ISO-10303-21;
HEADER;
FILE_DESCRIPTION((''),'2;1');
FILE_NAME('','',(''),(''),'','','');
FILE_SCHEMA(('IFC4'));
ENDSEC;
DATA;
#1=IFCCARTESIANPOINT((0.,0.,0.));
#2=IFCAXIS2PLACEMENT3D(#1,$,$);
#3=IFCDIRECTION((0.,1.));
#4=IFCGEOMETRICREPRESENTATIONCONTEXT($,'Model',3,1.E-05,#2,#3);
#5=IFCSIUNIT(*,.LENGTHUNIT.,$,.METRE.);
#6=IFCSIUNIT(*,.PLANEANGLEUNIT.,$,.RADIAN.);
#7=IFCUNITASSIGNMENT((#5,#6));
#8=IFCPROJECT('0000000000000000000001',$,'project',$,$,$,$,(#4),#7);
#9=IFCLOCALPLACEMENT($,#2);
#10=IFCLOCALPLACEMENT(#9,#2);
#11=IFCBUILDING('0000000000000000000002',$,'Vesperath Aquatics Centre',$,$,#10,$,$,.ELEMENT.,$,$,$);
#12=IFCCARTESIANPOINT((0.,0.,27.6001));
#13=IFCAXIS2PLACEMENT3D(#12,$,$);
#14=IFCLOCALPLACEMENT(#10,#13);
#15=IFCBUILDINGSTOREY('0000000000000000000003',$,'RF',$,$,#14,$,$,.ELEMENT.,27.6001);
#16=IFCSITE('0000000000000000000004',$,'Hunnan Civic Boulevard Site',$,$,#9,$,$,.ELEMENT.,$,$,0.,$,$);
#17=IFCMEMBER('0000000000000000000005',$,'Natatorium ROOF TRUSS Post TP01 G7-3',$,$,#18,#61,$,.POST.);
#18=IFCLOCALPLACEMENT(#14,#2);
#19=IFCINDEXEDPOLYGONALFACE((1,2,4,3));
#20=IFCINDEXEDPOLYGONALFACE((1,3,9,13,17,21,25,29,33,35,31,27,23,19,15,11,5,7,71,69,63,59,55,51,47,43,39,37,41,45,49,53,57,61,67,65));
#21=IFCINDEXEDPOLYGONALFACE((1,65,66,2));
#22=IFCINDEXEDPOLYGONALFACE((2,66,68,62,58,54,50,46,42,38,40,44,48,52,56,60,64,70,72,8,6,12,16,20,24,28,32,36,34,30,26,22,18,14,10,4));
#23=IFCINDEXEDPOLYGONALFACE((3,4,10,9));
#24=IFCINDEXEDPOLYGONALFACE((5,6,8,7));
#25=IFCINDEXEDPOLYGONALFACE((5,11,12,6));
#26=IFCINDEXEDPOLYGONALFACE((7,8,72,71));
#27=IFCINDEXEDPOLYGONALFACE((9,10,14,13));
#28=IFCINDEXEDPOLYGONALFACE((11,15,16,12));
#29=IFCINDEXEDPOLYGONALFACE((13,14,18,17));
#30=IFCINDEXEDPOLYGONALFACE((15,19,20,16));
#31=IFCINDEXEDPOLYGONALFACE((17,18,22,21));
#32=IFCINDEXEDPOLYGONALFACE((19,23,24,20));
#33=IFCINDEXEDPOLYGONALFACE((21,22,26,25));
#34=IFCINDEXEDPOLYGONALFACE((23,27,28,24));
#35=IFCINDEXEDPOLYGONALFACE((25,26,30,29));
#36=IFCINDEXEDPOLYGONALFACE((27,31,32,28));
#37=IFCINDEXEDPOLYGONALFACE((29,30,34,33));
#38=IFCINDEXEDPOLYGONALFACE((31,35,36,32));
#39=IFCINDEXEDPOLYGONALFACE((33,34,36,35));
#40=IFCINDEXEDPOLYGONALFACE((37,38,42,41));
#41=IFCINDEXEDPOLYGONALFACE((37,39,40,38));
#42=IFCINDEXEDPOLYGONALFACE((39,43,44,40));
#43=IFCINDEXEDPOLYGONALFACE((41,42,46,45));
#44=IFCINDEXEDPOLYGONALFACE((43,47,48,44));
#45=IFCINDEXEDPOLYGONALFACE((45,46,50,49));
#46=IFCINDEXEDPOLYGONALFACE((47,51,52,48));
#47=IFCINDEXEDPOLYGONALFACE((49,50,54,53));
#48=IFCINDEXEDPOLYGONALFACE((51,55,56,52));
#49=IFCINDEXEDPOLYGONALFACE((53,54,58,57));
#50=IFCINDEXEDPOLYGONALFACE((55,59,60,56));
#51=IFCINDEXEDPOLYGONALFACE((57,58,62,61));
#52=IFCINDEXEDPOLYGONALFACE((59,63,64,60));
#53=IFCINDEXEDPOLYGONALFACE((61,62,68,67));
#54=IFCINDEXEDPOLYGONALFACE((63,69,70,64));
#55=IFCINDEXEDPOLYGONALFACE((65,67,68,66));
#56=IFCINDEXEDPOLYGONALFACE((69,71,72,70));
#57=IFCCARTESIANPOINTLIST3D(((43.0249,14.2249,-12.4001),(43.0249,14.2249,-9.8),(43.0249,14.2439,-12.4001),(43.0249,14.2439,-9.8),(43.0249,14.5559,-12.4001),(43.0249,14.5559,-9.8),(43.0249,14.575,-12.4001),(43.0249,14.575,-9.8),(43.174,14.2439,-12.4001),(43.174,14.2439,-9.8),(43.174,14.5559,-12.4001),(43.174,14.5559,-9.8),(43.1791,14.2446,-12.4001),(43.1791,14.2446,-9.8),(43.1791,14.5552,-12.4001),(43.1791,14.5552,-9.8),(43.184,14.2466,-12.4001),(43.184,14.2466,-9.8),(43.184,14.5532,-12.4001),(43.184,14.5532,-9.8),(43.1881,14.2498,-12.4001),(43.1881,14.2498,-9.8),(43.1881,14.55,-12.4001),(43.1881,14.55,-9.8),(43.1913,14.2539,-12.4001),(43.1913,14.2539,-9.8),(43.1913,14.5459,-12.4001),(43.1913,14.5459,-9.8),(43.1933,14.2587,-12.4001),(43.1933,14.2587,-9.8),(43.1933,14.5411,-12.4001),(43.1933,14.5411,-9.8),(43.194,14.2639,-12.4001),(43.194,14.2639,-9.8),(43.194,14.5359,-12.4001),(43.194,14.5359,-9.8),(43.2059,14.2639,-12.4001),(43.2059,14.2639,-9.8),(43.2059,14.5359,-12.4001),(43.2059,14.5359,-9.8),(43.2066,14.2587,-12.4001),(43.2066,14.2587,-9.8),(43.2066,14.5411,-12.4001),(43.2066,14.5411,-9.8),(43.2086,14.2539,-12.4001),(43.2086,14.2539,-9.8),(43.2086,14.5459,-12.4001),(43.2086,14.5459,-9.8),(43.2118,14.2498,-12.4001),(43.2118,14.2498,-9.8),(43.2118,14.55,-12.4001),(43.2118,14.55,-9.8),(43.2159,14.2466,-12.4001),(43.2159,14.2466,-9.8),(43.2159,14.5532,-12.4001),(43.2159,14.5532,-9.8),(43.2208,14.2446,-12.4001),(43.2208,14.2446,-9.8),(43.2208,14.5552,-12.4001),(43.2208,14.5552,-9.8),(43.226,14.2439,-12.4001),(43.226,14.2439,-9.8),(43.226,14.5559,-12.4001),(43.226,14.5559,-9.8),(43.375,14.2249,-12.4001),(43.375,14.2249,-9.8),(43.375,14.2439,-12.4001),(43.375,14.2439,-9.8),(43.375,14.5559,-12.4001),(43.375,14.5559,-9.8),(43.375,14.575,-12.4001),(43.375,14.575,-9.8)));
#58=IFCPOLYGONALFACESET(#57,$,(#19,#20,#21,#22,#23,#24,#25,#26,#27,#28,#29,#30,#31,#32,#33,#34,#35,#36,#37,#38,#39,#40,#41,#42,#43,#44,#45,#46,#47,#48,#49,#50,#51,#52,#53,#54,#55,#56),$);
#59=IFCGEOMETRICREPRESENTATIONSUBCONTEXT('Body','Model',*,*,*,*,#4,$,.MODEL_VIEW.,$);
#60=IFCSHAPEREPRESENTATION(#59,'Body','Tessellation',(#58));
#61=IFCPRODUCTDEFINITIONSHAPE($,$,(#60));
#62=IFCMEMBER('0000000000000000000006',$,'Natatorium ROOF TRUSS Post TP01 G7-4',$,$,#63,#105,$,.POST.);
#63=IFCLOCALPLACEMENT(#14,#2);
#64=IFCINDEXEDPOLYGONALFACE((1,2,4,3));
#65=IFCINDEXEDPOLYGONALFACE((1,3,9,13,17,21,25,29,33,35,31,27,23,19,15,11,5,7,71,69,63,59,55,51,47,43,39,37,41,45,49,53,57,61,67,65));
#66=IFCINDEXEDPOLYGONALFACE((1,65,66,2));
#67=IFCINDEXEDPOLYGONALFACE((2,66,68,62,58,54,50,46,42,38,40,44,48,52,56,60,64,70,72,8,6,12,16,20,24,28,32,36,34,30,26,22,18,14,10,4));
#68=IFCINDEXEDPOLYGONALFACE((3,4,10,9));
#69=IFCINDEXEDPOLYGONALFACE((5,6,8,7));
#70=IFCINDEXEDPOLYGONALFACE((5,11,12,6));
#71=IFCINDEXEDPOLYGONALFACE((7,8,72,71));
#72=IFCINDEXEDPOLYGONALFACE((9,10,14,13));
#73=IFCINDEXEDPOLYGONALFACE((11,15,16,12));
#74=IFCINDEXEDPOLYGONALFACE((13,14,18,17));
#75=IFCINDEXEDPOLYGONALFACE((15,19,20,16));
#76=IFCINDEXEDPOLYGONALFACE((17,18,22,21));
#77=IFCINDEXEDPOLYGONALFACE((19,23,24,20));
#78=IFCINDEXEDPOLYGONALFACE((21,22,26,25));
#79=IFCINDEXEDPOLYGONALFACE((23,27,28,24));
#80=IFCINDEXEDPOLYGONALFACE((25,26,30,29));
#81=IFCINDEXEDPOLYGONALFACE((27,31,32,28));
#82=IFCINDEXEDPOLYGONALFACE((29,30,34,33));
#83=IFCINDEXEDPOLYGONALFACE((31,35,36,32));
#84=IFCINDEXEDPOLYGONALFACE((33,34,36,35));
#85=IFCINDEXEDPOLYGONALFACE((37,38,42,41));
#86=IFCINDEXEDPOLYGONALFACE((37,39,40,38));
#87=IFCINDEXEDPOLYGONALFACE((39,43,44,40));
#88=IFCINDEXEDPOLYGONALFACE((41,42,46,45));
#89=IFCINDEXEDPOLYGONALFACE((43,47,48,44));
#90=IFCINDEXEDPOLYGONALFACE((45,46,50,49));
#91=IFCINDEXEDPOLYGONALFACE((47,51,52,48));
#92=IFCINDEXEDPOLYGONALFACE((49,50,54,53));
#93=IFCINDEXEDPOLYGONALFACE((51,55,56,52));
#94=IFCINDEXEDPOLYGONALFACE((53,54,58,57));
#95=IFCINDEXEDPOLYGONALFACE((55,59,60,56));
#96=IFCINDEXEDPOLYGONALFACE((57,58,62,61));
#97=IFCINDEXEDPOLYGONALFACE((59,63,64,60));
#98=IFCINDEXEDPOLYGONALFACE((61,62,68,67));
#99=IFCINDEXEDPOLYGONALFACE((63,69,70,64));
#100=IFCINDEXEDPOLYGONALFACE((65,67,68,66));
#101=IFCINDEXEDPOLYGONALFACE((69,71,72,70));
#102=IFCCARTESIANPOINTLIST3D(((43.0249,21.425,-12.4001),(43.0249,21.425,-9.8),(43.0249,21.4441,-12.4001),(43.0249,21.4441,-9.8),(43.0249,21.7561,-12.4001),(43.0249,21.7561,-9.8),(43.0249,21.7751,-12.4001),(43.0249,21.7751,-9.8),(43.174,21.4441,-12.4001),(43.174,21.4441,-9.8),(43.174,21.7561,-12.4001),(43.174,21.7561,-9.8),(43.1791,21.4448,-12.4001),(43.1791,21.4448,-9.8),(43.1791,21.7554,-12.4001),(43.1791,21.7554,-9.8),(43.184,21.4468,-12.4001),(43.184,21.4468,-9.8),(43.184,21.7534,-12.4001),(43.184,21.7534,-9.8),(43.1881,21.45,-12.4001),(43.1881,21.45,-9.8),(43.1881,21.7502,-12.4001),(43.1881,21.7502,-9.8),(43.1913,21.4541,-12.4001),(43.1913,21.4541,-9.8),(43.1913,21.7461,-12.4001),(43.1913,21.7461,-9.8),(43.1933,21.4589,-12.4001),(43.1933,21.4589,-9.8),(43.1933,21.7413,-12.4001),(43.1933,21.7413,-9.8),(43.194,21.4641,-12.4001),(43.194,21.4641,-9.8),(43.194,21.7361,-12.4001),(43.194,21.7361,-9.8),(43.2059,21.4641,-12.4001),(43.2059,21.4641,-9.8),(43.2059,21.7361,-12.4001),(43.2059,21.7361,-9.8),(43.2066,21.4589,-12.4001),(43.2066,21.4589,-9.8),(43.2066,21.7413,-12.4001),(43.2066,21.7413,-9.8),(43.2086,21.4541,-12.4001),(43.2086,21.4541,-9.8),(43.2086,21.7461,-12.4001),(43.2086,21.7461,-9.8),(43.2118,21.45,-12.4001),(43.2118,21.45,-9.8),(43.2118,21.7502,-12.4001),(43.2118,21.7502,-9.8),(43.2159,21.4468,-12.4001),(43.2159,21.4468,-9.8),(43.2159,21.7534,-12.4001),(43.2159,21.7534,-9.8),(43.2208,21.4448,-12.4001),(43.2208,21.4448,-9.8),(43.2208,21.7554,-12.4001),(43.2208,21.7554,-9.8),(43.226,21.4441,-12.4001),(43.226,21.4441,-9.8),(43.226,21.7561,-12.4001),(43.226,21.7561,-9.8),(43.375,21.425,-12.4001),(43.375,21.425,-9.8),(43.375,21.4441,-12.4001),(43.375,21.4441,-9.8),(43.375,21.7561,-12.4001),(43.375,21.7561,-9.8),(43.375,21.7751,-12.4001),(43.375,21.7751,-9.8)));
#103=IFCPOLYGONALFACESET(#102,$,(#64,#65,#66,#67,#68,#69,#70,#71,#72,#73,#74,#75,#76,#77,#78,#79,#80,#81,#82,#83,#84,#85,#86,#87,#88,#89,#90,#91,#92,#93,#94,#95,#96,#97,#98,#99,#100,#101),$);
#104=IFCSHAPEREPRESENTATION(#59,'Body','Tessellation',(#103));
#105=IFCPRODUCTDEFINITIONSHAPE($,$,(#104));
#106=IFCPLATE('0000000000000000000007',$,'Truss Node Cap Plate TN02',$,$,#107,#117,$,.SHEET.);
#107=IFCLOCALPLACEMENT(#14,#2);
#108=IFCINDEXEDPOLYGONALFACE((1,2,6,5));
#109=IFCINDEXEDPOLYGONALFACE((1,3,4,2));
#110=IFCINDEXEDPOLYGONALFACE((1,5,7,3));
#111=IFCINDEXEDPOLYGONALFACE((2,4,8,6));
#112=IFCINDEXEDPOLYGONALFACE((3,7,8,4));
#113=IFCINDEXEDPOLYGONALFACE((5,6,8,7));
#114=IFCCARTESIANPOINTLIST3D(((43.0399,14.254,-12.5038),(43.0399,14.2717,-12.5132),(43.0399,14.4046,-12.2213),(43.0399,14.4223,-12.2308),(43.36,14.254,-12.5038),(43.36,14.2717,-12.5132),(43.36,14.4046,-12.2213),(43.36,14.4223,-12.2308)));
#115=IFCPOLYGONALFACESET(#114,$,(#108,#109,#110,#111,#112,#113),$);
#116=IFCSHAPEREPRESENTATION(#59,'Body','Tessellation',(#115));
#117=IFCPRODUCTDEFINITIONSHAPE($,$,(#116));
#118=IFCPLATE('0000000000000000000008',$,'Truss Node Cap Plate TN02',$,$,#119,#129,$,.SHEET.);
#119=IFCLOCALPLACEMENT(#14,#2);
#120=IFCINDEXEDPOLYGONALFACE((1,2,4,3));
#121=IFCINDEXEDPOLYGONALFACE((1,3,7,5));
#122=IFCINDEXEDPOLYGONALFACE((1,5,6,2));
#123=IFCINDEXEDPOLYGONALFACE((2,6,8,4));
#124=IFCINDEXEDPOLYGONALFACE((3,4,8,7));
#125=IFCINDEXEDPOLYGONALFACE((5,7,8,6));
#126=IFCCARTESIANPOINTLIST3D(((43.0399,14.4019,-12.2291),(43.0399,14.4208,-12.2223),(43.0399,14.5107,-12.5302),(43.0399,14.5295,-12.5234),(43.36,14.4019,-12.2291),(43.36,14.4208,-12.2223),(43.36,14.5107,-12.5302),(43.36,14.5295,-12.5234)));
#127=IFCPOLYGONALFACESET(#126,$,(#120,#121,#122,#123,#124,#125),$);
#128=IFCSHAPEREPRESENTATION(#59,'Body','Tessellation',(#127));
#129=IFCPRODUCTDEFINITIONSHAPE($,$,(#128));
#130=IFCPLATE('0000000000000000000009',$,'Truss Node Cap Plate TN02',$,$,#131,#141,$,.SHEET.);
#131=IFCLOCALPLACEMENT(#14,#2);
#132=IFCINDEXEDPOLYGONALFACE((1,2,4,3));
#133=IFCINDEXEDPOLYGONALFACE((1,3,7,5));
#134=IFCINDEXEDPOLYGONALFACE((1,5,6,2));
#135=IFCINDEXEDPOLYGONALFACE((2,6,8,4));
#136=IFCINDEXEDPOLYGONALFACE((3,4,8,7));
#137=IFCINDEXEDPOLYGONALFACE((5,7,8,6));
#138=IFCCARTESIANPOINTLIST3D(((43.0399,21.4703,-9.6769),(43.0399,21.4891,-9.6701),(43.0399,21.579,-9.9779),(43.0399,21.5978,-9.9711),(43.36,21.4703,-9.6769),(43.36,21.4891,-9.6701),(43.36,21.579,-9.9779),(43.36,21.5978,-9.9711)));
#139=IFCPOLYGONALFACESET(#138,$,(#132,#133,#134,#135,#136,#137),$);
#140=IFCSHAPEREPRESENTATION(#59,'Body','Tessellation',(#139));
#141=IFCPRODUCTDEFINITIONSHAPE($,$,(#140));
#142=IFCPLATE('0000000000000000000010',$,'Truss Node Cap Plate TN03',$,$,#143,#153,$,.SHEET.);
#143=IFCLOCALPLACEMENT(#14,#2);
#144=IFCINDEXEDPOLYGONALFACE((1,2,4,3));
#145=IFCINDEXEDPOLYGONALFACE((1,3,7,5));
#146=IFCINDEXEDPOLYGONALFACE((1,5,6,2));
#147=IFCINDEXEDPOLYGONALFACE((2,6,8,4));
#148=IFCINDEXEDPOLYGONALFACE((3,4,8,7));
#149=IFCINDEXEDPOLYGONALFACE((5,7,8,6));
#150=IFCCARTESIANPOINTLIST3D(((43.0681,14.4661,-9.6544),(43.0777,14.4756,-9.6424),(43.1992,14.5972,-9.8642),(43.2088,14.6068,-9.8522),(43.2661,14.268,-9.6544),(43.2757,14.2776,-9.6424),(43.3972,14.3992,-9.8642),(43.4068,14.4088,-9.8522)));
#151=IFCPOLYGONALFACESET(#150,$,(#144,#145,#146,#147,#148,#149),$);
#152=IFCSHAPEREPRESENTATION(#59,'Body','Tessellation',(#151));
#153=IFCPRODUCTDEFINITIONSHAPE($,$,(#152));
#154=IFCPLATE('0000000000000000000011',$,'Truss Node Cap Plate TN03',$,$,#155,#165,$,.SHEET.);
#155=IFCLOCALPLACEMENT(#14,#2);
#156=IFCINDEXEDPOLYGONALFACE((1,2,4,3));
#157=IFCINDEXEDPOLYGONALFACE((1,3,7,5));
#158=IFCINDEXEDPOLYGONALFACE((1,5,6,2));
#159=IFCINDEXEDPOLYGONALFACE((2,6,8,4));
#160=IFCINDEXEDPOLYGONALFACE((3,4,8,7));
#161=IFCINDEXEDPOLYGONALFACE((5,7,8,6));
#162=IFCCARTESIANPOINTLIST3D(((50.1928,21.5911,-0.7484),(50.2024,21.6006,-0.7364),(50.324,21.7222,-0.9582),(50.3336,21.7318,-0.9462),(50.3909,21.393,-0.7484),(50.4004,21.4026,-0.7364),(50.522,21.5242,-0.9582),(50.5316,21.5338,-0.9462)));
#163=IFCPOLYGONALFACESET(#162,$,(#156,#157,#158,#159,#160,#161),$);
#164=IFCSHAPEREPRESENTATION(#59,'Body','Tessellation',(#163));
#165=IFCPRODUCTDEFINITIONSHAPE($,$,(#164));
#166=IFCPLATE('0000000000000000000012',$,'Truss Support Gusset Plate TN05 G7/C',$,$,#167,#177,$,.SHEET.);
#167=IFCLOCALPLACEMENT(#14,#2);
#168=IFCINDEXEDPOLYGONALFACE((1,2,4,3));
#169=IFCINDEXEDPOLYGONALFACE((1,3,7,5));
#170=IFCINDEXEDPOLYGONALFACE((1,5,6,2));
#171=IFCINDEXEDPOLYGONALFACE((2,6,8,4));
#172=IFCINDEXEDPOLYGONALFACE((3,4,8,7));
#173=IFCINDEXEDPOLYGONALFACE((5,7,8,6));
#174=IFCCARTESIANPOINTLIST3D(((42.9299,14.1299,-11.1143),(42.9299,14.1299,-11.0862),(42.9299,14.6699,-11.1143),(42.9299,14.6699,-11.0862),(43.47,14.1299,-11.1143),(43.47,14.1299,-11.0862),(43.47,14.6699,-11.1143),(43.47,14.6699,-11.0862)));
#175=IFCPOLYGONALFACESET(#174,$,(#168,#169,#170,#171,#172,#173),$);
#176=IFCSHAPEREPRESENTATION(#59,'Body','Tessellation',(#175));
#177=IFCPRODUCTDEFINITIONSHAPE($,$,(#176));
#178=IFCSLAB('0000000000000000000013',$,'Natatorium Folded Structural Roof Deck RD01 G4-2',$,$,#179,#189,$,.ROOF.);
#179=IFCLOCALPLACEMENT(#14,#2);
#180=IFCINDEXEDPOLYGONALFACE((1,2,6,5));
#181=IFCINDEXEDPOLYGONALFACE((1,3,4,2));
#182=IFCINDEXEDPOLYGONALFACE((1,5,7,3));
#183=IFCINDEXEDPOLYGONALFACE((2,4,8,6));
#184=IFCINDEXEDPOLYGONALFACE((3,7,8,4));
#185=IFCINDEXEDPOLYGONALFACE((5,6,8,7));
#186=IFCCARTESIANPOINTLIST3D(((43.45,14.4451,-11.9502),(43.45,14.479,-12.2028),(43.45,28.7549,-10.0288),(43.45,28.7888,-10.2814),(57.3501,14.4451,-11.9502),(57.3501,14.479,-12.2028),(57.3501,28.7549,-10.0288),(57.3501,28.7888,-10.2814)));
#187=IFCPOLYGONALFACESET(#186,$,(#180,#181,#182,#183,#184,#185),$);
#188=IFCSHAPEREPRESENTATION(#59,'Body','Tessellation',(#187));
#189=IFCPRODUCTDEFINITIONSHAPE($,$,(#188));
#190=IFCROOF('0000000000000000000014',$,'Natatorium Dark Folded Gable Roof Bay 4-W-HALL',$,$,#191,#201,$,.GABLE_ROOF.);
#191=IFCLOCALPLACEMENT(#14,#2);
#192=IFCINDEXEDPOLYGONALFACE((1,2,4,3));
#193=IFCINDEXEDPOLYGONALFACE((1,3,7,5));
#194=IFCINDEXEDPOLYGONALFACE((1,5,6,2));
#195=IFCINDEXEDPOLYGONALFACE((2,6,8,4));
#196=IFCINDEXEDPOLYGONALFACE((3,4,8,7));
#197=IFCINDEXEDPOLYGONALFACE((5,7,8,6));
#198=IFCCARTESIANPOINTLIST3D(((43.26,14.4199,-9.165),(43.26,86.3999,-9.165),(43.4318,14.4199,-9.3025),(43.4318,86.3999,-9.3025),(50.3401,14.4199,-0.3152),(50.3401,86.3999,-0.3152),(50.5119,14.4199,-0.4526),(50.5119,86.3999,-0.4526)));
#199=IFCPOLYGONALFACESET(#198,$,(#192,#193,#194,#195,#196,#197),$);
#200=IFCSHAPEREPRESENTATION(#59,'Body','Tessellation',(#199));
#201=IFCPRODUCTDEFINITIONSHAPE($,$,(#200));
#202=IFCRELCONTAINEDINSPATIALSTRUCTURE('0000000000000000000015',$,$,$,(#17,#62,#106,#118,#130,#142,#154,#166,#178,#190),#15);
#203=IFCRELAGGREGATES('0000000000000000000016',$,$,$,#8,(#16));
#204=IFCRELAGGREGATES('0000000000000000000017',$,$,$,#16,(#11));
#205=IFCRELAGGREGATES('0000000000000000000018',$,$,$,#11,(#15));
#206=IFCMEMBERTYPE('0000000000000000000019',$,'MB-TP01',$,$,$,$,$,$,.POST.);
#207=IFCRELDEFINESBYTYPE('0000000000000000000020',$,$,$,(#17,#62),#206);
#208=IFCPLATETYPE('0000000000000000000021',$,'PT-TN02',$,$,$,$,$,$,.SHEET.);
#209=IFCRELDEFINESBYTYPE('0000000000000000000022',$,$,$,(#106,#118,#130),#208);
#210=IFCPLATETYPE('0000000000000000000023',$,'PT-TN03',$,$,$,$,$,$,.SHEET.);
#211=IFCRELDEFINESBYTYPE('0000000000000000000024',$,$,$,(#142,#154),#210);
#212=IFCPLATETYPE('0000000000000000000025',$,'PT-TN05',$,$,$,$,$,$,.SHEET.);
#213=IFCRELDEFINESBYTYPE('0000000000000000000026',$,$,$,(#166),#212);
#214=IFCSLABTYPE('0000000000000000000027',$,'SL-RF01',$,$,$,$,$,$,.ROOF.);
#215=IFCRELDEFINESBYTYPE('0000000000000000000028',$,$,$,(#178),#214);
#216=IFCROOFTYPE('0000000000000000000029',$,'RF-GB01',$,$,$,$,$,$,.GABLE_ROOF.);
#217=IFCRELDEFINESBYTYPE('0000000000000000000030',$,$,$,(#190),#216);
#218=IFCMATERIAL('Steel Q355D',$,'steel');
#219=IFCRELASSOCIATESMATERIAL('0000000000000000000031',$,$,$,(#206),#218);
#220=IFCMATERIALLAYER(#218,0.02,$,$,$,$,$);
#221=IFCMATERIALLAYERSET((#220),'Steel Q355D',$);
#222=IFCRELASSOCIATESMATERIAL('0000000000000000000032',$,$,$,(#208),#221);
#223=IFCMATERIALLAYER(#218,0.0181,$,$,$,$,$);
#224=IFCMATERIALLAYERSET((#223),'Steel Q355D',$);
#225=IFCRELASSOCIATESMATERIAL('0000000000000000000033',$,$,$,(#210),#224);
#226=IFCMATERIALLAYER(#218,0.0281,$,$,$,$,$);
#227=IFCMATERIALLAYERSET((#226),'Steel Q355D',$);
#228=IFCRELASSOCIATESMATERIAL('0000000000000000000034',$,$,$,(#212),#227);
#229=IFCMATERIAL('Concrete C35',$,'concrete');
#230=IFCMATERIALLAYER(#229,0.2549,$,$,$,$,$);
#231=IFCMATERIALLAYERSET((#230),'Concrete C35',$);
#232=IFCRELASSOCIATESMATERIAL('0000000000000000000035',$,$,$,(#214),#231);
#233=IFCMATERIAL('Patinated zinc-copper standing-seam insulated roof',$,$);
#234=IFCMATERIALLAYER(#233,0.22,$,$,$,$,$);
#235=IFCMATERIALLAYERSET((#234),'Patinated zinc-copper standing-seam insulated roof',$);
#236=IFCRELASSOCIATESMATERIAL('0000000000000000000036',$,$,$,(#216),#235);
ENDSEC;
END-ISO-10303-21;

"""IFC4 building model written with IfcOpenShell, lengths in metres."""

from ifc_helpers import new_model, si_unit, direction, frame, origin, origin_2d, place, context, subcontext, project, spatial, polyline, rectangle, i_section, outline, extrude, material, layer, layer_set, material_profile, profile_set, type_object, element, save


model = new_model("IFC4")

# Units and contexts
model_context = context("Model", 3, precision=1e-05, world=origin(), true_north=direction((0.0, 1.0)))
body_context = subcontext(model_context, "Body", "Model", "MODEL_VIEW")
ifc_project = project(units=[si_unit("LENGTHUNIT", "METRE"), si_unit("PLANEANGLEUNIT", "RADIAN")], contexts=[model_context])

# Site, building, storey
site_placement = place(None, origin())
site = spatial("IfcSite", under=ifc_project, at=site_placement, Name="Hunnan Civic Boulevard Site", CompositionType="ELEMENT", RefElevation=0.0)
building_placement = place(site_placement, origin())
building = spatial("IfcBuilding", under=site, at=building_placement, Name="Vesperath Aquatics Centre", CompositionType="ELEMENT")
storey_placement = place(building_placement, frame((0.0, 0.0, 27.6001)))
storey = spatial("IfcBuildingStorey", under=building, at=storey_placement, Name="RF", CompositionType="ELEMENT", Elevation=27.6001)

# Members
ifc_material_1 = material(Name="Steel Q355D", Category="steel")
ifc_material_profile_1 = material_profile(ifc_material_1, i_section(OverallWidth=0.3501, OverallDepth=0.3501, WebThickness=0.012, FlangeThickness=0.019, FilletRadius=0.02, at=origin_2d()), Name="HW 350x350x12x19")
ifc_profile_set_1 = profile_set([ifc_material_profile_1], Name="Steel Q355D")
member_type_1 = type_object("IfcMemberType", Name="MB-TP01", PredefinedType="POST", material=ifc_profile_set_1)
for number, where, z_axis, x_axis, name in (
    (1, (43.2, 14.3999, -12.4001), (0.0, 0.0, 1.0), (1.0, 0.0, 0.0), "Natatorium ROOF TRUSS Post TP01 G7-3"),
    (2, (43.2, 21.6001, -12.4001), (0.0, 0.0, 1.0), (1.0, 0.0, 0.0), "Natatorium ROOF TRUSS Post TP01 G7-4"),
):
    element("IfcMember", number, at=place(storey_placement, frame(where, z_axis=z_axis, x_axis=x_axis)), inside=storey, type_object=member_type_1, Name=name, PredefinedType="POST", context=body_context, shape_type="SweptSolid", body=[
        extrude(i_section(OverallWidth=0.3501, OverallDepth=0.3501, WebThickness=0.012, FlangeThickness=0.019, FilletRadius=0.02, at=origin_2d()), origin(), (0.0, 0.0, 1.0), 2.6001),
    ])

# Plates
ifc_layer_1 = layer(ifc_material_1, 0.02)
ifc_layer_set_1 = layer_set([ifc_layer_1], Name="Steel Q355D")
plate_type_1 = type_object("IfcPlateType", Name="PT-TN02", PredefinedType="SHEET", material=ifc_layer_set_1)
for number, where, z_axis, x_axis, name in (
    (3, (43.2, 14.3293, -12.3625), (0.0, 0.882391, -0.470518), (-1.0, 0.0, 0.0), "Truss Node Cap Plate TN02"),
    (4, (43.2, 14.4563, -12.3796), (0.0, 0.940554, 0.339644), (-1.0, 0.0, 0.0), "Truss Node Cap Plate TN02"),
    (5, (43.2, 21.5247, -9.8274), (0.0, 0.940554, 0.339644), (-1.0, 0.0, 0.0), "Truss Node Cap Plate TN02"),
):
    element("IfcPlate", number, at=place(storey_placement, frame(where, z_axis=z_axis, x_axis=x_axis)), inside=storey, type_object=plate_type_1, Name=name, PredefinedType="SHEET", context=body_context, shape_type="SweptSolid", body=[
        extrude(rectangle(XDim=0.3201, YDim=0.3201, at=origin_2d()), origin(), (0.0, 0.0, 1.0), 0.02),
    ])
ifc_layer_2 = layer(ifc_material_1, 0.0181)
ifc_layer_set_2 = layer_set([ifc_layer_2], Name="Steel Q355D")
plate_type_2 = type_object("IfcPlateType", Name="PT-TN03", PredefinedType="SHEET", material=ifc_layer_set_2)
for number, where, z_axis, x_axis, name in (
    (6, (43.2327, 14.4326, -9.7593), (0.529813, 0.529813, 0.662266), (-0.707107, 0.707107, 0.0), "Truss Node Cap Plate TN03"),
    (7, (50.3574, 21.5576, -0.8533), (0.529813, 0.529813, 0.662266), (-0.707107, 0.707107, 0.0), "Truss Node Cap Plate TN03"),
):
    element("IfcPlate", number, at=place(storey_placement, frame(where, z_axis=z_axis, x_axis=x_axis)), inside=storey, type_object=plate_type_2, Name=name, PredefinedType="SHEET", context=body_context, shape_type="SweptSolid", body=[
        extrude(rectangle(XDim=0.28, YDim=0.28, at=origin_2d()), origin(), (0.0, 0.0, 1.0), 0.0181),
    ])
ifc_layer_3 = layer(ifc_material_1, 0.0281)
ifc_layer_set_3 = layer_set([ifc_layer_3], Name="Steel Q355D")
plate_type_3 = type_object("IfcPlateType", Name="PT-TN05", PredefinedType="SHEET", material=ifc_layer_set_3)
plate_placement = place(storey_placement, frame((43.2, 14.3999, -11.1143), z_axis=(0.0, 0.0, 1.0), x_axis=(0.0, 1.0, 0.0)))
element("IfcPlate", 8, at=plate_placement, inside=storey, type_object=plate_type_3, Name="Truss Support Gusset Plate TN05 G7/C", PredefinedType="SHEET", context=body_context, shape_type="SweptSolid", body=[
    extrude(rectangle(XDim=0.54, YDim=0.54, at=origin_2d()), origin(), (0.0, 0.0, 1.0), 0.0281),
])

# Slab
ifc_material_2 = material(Name="Concrete C35", Category="concrete")
ifc_layer_4 = layer(ifc_material_2, 0.2549)
ifc_layer_set_4 = layer_set([ifc_layer_4], Name="Concrete C35")
slab_type = type_object("IfcSlabType", Name="SL-RF01", PredefinedType="ROOF", material=ifc_layer_set_4)
slab_placement = place(storey_placement, frame((43.45, 14.4451, -11.9502), z_axis=(0.0, -0.133076, 0.991106), x_axis=(1.0, 0.0, 0.0)))
element("IfcSlab", 9, at=slab_placement, inside=storey, type_object=slab_type, Name="Natatorium Folded Structural Roof Deck RD01 G4-2", PredefinedType="ROOF", context=body_context, shape_type="SweptSolid", body=[
    extrude(outline(polyline([(0.0, 0.0), (13.9001, 0.0), (13.9001, 14.4382), (0.0, 14.4382), (0.0, 0.0)])), origin(), (0.0, 0.0, -1.0), 0.2549),
])

# Roof
ifc_material_3 = material(Name="Patinated zinc-copper standing-seam insulated roof")
ifc_layer_5 = layer(ifc_material_3, 0.22)
ifc_layer_set_5 = layer_set([ifc_layer_5], Name="Patinated zinc-copper standing-seam insulated roof")
roof_type = type_object("IfcRoofType", Name="RF-GB01", PredefinedType="GABLE_ROOF", material=ifc_layer_set_5)
roof_placement = place(storey_placement, frame((43.26, 14.4199, -9.165), z_axis=(-0.78086, 0.0, 0.624706), x_axis=(0.624706, 0.0, 0.78086)))
element("IfcRoof", 10, at=roof_placement, inside=storey, type_object=roof_type, Name="Natatorium Dark Folded Gable Roof Bay 4-W-HALL", PredefinedType="GABLE_ROOF", context=body_context, shape_type="SweptSolid", body=[
    extrude(outline(polyline([(0.0, 0.0), (11.3335, 0.0), (11.3335, 71.98), (0.0, 71.98), (0.0, 0.0)])), origin(), (0.0, 0.0, -1.0), 0.22),
])

save(model, "model.ifc")
